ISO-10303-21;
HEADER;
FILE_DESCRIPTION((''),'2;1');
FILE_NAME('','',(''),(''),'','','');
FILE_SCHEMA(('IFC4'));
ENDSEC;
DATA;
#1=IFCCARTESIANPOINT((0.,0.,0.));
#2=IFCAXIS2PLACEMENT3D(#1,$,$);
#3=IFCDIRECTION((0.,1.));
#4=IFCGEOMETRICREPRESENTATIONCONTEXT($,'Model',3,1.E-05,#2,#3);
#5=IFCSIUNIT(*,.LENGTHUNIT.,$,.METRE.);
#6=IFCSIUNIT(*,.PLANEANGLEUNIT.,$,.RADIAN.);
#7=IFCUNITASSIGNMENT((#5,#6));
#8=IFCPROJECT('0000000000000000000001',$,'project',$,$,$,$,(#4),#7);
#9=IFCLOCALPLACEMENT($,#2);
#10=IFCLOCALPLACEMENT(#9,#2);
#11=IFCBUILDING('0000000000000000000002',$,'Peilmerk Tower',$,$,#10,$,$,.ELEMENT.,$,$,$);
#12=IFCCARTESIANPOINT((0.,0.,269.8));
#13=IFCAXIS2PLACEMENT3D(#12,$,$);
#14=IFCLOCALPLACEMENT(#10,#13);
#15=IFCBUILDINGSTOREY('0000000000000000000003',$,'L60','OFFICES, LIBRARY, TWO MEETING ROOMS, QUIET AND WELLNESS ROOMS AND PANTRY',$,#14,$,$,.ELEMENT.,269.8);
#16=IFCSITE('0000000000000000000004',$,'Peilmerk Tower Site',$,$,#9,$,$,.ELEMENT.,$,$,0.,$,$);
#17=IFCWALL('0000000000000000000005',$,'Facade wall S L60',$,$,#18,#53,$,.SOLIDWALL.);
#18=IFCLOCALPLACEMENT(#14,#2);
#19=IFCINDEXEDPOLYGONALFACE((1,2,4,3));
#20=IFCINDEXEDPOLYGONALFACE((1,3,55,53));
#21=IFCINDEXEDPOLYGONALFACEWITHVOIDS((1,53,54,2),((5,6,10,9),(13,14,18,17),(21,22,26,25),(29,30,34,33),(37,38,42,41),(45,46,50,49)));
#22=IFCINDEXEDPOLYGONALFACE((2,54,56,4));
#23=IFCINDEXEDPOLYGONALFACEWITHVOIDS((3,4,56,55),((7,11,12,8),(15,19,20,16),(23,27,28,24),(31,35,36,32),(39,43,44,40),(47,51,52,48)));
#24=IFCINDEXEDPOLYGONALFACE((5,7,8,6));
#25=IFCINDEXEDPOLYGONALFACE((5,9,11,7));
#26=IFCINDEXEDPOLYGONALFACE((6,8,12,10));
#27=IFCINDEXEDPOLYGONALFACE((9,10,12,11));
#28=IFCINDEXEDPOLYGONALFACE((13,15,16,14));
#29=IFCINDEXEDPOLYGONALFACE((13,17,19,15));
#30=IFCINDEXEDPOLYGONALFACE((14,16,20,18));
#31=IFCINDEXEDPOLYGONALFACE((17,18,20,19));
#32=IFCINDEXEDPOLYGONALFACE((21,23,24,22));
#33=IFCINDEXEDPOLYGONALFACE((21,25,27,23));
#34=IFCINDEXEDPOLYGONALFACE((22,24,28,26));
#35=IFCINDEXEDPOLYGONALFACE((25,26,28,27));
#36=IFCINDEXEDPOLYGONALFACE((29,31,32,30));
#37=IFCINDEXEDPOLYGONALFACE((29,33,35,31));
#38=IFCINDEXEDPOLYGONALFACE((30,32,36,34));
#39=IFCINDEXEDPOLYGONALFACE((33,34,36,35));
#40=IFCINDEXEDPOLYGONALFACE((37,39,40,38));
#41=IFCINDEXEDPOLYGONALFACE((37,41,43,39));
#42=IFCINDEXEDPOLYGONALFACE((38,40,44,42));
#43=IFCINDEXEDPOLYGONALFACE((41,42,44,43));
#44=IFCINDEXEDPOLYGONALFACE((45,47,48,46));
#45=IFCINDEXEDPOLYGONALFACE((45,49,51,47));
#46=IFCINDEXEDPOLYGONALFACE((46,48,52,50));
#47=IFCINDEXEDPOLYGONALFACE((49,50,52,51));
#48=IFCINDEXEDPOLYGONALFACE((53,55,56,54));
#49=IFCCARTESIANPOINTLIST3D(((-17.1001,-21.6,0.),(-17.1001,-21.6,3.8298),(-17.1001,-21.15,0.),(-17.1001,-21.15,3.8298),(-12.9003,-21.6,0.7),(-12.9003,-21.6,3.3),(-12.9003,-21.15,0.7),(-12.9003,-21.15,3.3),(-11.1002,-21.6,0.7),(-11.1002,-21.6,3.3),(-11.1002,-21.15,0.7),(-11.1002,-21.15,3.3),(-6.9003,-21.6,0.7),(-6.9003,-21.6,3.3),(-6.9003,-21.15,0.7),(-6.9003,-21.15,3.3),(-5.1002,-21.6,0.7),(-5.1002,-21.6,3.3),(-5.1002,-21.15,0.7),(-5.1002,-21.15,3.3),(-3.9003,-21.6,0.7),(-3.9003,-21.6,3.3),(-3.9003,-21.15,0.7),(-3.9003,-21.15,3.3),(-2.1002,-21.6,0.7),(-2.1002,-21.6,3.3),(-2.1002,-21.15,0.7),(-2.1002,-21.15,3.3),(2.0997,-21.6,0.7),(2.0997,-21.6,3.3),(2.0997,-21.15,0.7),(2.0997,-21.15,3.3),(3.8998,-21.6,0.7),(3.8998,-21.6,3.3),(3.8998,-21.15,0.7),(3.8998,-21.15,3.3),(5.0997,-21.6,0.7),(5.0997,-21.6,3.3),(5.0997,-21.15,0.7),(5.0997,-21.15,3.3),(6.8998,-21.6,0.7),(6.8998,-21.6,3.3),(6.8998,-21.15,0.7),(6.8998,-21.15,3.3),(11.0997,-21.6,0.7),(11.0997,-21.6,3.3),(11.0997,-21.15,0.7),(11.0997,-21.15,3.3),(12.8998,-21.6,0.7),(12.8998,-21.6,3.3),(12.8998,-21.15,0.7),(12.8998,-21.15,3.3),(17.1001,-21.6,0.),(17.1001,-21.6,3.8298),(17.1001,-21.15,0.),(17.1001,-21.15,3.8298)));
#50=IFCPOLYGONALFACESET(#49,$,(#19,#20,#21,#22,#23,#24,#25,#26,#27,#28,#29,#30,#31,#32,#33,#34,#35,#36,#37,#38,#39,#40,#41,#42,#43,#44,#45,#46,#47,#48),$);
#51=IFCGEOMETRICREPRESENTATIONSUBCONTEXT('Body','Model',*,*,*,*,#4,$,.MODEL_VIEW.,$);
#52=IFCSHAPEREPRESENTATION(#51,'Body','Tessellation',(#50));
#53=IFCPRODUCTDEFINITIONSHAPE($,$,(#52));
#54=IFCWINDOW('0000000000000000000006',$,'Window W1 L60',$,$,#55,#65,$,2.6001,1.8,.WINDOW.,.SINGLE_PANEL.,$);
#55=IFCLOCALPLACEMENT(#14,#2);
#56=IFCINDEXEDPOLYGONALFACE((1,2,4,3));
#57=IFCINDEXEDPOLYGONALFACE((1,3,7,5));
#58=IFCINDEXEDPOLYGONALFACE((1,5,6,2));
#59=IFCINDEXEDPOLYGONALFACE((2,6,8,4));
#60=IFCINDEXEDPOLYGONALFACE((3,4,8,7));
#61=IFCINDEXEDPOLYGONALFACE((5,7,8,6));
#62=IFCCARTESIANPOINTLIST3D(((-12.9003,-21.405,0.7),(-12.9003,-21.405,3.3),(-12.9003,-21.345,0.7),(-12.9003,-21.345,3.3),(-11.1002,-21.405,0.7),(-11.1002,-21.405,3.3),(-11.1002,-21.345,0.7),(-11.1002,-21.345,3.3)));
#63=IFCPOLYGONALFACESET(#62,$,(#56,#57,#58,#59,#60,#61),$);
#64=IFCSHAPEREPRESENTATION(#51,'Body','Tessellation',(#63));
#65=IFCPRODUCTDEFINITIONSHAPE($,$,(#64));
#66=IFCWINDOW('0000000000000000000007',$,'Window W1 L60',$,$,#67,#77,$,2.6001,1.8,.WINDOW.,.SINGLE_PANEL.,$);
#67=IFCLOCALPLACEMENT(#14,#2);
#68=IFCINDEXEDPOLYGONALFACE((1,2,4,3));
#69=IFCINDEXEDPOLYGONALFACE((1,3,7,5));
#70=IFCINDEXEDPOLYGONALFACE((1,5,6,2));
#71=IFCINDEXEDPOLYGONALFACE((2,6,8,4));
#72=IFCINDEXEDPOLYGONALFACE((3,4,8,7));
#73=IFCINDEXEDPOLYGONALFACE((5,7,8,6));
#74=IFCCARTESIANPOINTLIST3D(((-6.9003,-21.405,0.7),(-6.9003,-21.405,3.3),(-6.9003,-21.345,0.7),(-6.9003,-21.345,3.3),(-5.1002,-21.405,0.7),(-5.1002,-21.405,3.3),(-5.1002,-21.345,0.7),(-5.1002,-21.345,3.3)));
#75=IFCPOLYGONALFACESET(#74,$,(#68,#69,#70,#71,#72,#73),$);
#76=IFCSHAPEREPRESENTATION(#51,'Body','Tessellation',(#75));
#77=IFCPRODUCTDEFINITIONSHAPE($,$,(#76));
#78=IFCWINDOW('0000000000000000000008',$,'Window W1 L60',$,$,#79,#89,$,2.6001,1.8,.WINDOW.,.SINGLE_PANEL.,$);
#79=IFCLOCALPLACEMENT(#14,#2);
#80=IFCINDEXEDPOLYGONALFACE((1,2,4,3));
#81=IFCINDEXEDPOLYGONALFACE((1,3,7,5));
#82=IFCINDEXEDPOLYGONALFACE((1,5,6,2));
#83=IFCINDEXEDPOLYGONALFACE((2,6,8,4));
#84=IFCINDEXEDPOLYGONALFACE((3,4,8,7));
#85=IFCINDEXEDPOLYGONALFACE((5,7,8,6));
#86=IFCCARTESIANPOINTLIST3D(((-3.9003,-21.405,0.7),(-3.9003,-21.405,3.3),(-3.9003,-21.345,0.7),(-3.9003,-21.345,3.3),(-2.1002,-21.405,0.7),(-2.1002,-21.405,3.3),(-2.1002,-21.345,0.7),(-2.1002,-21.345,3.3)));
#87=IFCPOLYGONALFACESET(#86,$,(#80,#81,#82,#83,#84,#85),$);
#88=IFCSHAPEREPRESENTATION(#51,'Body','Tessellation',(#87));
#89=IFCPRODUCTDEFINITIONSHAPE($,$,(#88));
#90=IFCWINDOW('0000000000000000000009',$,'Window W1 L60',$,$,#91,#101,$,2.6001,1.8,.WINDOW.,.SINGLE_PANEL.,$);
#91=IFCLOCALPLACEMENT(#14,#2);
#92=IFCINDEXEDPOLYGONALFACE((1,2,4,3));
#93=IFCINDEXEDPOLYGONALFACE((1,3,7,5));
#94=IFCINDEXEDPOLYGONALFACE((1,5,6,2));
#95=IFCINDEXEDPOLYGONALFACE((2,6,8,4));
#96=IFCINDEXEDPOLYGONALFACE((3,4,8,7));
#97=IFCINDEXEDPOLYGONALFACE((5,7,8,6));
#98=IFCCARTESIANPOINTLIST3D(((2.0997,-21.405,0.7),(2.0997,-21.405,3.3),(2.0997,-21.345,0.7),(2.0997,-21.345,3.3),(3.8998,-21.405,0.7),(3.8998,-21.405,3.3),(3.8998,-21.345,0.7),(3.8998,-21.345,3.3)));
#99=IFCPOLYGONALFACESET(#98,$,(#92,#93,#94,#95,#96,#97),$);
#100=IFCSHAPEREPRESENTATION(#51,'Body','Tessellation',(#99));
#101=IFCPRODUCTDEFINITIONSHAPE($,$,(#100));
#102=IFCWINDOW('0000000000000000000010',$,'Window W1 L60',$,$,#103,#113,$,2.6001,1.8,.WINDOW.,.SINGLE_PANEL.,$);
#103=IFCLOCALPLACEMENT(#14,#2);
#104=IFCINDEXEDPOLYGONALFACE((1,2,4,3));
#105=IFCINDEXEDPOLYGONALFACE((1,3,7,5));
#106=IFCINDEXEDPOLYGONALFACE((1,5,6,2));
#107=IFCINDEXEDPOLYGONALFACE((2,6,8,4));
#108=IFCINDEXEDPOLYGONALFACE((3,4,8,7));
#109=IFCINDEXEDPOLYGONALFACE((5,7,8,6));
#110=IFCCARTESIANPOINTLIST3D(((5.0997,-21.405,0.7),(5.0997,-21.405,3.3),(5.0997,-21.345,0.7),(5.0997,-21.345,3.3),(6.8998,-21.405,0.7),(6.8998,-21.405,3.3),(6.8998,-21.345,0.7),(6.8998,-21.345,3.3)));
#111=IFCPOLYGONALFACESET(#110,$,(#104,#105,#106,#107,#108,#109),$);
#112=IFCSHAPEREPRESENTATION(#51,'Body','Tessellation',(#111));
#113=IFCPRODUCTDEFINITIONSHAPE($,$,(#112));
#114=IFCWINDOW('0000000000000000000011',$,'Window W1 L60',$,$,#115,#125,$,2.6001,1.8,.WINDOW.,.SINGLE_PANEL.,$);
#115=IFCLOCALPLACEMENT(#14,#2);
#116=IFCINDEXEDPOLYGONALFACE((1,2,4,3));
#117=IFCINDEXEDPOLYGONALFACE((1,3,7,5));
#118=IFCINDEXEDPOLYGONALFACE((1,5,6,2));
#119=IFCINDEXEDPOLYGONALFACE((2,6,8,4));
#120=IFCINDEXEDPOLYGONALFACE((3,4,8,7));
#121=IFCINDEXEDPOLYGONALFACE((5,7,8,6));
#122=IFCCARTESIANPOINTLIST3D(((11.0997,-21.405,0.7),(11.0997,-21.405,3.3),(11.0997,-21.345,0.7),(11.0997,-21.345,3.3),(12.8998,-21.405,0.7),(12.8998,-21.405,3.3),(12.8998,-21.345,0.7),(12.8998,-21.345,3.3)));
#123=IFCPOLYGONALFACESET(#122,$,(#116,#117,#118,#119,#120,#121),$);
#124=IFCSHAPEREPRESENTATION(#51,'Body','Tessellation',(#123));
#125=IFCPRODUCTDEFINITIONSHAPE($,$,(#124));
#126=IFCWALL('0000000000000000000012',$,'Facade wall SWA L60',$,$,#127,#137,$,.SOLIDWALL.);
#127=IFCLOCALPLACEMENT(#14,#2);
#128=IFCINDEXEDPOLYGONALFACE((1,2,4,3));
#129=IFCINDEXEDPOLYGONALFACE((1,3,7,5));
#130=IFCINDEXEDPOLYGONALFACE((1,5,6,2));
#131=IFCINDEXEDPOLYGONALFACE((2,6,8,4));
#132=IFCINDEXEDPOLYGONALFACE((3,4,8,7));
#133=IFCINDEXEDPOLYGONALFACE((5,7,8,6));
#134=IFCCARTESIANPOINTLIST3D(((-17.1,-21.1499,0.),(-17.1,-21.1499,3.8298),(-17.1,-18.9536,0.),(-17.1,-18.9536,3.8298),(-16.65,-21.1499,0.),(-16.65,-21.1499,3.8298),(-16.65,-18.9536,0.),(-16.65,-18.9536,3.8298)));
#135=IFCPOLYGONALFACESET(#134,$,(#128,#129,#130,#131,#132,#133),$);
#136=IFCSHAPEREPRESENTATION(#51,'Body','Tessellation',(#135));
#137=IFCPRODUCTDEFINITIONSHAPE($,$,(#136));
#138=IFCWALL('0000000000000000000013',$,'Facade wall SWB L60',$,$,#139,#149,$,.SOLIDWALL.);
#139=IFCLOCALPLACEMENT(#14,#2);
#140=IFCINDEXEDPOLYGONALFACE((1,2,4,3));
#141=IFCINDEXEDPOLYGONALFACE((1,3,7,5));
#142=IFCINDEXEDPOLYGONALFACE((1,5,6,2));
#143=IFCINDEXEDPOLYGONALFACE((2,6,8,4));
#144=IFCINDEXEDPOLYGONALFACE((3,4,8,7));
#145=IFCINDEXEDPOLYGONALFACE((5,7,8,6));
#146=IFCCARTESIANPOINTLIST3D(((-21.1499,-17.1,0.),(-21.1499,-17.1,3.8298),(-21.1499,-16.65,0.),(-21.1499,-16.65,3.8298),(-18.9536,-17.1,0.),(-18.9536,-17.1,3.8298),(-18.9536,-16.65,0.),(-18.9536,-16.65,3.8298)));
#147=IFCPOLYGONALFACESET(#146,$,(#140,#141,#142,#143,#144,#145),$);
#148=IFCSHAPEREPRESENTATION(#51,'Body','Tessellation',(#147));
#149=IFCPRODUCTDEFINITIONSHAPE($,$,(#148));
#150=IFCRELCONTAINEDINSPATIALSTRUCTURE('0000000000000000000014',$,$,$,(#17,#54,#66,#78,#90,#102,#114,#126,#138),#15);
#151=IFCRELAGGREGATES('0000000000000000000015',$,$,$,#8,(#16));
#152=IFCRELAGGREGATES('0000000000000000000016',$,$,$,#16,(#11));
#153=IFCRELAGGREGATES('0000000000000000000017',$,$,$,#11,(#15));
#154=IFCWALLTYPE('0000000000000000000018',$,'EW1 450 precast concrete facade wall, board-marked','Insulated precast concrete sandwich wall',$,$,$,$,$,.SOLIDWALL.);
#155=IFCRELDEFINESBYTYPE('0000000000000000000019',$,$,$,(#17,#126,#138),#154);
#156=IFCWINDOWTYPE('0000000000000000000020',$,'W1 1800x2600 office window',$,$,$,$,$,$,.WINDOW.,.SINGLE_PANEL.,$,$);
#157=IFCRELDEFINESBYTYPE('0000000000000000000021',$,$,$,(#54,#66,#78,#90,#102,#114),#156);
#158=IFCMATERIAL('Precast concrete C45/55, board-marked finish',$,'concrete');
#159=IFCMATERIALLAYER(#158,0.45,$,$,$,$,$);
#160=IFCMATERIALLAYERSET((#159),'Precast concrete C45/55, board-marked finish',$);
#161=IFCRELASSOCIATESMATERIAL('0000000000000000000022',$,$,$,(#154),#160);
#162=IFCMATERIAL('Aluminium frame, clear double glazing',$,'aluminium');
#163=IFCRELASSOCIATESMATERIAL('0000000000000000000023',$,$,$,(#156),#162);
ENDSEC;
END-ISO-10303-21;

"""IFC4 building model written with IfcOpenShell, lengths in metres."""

from ifc_helpers import new_model, si_unit, direction, frame, frame_2d, origin, place, context, subcontext, project, spatial, rectangle, extrude, material, layer, layer_set, type_object, element, fill, save


model = new_model("IFC4")

# Units and contexts
model_context = context("Model", 3, precision=1e-05, world=origin(), true_north=direction((0.0, 1.0)))
body_context = subcontext(model_context, "Body", "Model", "MODEL_VIEW")
ifc_project = project(units=[si_unit("LENGTHUNIT", "METRE"), si_unit("PLANEANGLEUNIT", "RADIAN")], contexts=[model_context])

# Site, building, storey
site_placement = place(None, origin())
site = spatial("IfcSite", under=ifc_project, at=site_placement, Name="Peilmerk Tower Site", CompositionType="ELEMENT", RefElevation=0.0)
building_placement = place(site_placement, origin())
building = spatial("IfcBuilding", under=site, at=building_placement, Name="Peilmerk Tower", CompositionType="ELEMENT")
storey_placement = place(building_placement, frame((0.0, 0.0, 269.8)))
storey = spatial("IfcBuildingStorey", under=building, at=storey_placement, Name="L60", Description="OFFICES, LIBRARY, TWO MEETING ROOMS, QUIET AND WELLNESS ROOMS AND PANTRY", CompositionType="ELEMENT", Elevation=269.8)

# Wall, openings, windows
ifc_material_1 = material(Name="Precast concrete C45/55, board-marked finish", Category="concrete")
ifc_layer_1 = layer(ifc_material_1, 0.45)
ifc_layer_set_1 = layer_set([ifc_layer_1], Name="Precast concrete C45/55, board-marked finish")
wall_type = type_object("IfcWallType", Name="EW1 450 precast concrete facade wall, board-marked", Description="Insulated precast concrete sandwich wall", PredefinedType="SOLIDWALL", material=ifc_layer_set_1)
wall_placement = place(storey_placement, frame((-17.1001, -21.375, 0.0), z_axis=(0.0, 0.0, 1.0), x_axis=(1.0, 0.0, 0.0)))
wall = element("IfcWall", 1, at=wall_placement, inside=storey, type_object=wall_type, Name="Facade wall S L60", PredefinedType="SOLIDWALL", context=body_context, shape_type="SweptSolid", body=[
    extrude(rectangle(XDim=34.2002, YDim=0.45, at=frame_2d((17.1001, 0.0))), origin(), (0.0, 0.0, 1.0), 3.8298),
])
opening_1_placement = place(wall_placement, frame((4.2, 0.0, 0.7)))
opening_1 = element("IfcOpeningElement", 2, at=opening_1_placement, cuts=wall, PredefinedType="OPENING", context=body_context, shape_type="SweptSolid", body=[
    extrude(rectangle(XDim=1.8, YDim=2.6001, at=frame_2d((0.8999, 1.3))), frame((0.0, 0.2349, 0.0), z_axis=(0.0, -1.0, 0.0), x_axis=(1.0, 0.0, 0.0)), (0.0, 0.0, 1.0), 0.47),
])
opening_2_placement = place(wall_placement, frame((10.2, 0.0, 0.7)))
opening_2 = element("IfcOpeningElement", 3, at=opening_2_placement, cuts=wall, PredefinedType="OPENING", context=body_context, shape_type="SweptSolid", body=[
    extrude(rectangle(XDim=1.8, YDim=2.6001, at=frame_2d((0.8999, 1.3))), frame((0.0, 0.2349, 0.0), z_axis=(0.0, -1.0, 0.0), x_axis=(1.0, 0.0, 0.0)), (0.0, 0.0, 1.0), 0.47),
])
opening_3_placement = place(wall_placement, frame((13.2, 0.0, 0.7)))
opening_3 = element("IfcOpeningElement", 4, at=opening_3_placement, cuts=wall, PredefinedType="OPENING", context=body_context, shape_type="SweptSolid", body=[
    extrude(rectangle(XDim=1.8, YDim=2.6001, at=frame_2d((0.8999, 1.3))), frame((0.0, 0.2349, 0.0), z_axis=(0.0, -1.0, 0.0), x_axis=(1.0, 0.0, 0.0)), (0.0, 0.0, 1.0), 0.47),
])
opening_4_placement = place(wall_placement, frame((19.2, 0.0, 0.7)))
opening_4 = element("IfcOpeningElement", 5, at=opening_4_placement, cuts=wall, PredefinedType="OPENING", context=body_context, shape_type="SweptSolid", body=[
    extrude(rectangle(XDim=1.8, YDim=2.6001, at=frame_2d((0.8999, 1.3))), frame((0.0, 0.2349, 0.0), z_axis=(0.0, -1.0, 0.0), x_axis=(1.0, 0.0, 0.0)), (0.0, 0.0, 1.0), 0.47),
])
opening_5_placement = place(wall_placement, frame((22.2, 0.0, 0.7)))
opening_5 = element("IfcOpeningElement", 6, at=opening_5_placement, cuts=wall, PredefinedType="OPENING", context=body_context, shape_type="SweptSolid", body=[
    extrude(rectangle(XDim=1.8, YDim=2.6001, at=frame_2d((0.8999, 1.3))), frame((0.0, 0.2349, 0.0), z_axis=(0.0, -1.0, 0.0), x_axis=(1.0, 0.0, 0.0)), (0.0, 0.0, 1.0), 0.47),
])
opening_6_placement = place(wall_placement, frame((28.2, 0.0, 0.7)))
opening_6 = element("IfcOpeningElement", 7, at=opening_6_placement, cuts=wall, PredefinedType="OPENING", context=body_context, shape_type="SweptSolid", body=[
    extrude(rectangle(XDim=1.8, YDim=2.6001, at=frame_2d((0.8999, 1.3))), frame((0.0, 0.2349, 0.0), z_axis=(0.0, -1.0, 0.0), x_axis=(1.0, 0.0, 0.0)), (0.0, 0.0, 1.0), 0.47),
])
ifc_material_2 = material(Name="Aluminium frame, clear double glazing", Category="aluminium")
window_type = type_object("IfcWindowType", Name="W1 1800x2600 office window", PartitioningType="SINGLE_PANEL", PredefinedType="WINDOW", material=ifc_material_2)
window_1_placement = place(opening_1_placement, origin())
window_1 = element("IfcWindow", 8, at=window_1_placement, inside=storey, type_object=window_type, Name="Window W1 L60", OverallHeight=2.6001, OverallWidth=1.8, PartitioningType="SINGLE_PANEL", PredefinedType="WINDOW", context=body_context, shape_type="SweptSolid", body=[
    extrude(rectangle(XDim=1.8, YDim=2.6001, at=frame_2d((0.8999, 1.3))), frame((0.0, 0.03, 0.0), z_axis=(0.0, -1.0, 0.0), x_axis=(1.0, 0.0, 0.0)), (0.0, 0.0, 1.0), 0.0601),
])
fill(opening_1, window_1)
window_2_placement = place(opening_2_placement, origin())
window_2 = element("IfcWindow", 9, at=window_2_placement, inside=storey, type_object=window_type, Name="Window W1 L60", OverallHeight=2.6001, OverallWidth=1.8, PartitioningType="SINGLE_PANEL", PredefinedType="WINDOW", context=body_context, shape_type="SweptSolid", body=[
    extrude(rectangle(XDim=1.8, YDim=2.6001, at=frame_2d((0.8999, 1.3))), frame((0.0, 0.03, 0.0), z_axis=(0.0, -1.0, 0.0), x_axis=(1.0, 0.0, 0.0)), (0.0, 0.0, 1.0), 0.0601),
])
fill(opening_2, window_2)
window_3_placement = place(opening_3_placement, origin())
window_3 = element("IfcWindow", 10, at=window_3_placement, inside=storey, type_object=window_type, Name="Window W1 L60", OverallHeight=2.6001, OverallWidth=1.8, PartitioningType="SINGLE_PANEL", PredefinedType="WINDOW", context=body_context, shape_type="SweptSolid", body=[
    extrude(rectangle(XDim=1.8, YDim=2.6001, at=frame_2d((0.8999, 1.3))), frame((0.0, 0.03, 0.0), z_axis=(0.0, -1.0, 0.0), x_axis=(1.0, 0.0, 0.0)), (0.0, 0.0, 1.0), 0.0601),
])
fill(opening_3, window_3)
window_4_placement = place(opening_4_placement, origin())
window_4 = element("IfcWindow", 11, at=window_4_placement, inside=storey, type_object=window_type, Name="Window W1 L60", OverallHeight=2.6001, OverallWidth=1.8, PartitioningType="SINGLE_PANEL", PredefinedType="WINDOW", context=body_context, shape_type="SweptSolid", body=[
    extrude(rectangle(XDim=1.8, YDim=2.6001, at=frame_2d((0.8999, 1.3))), frame((0.0, 0.03, 0.0), z_axis=(0.0, -1.0, 0.0), x_axis=(1.0, 0.0, 0.0)), (0.0, 0.0, 1.0), 0.0601),
])
fill(opening_4, window_4)
window_5_placement = place(opening_5_placement, origin())
window_5 = element("IfcWindow", 12, at=window_5_placement, inside=storey, type_object=window_type, Name="Window W1 L60", OverallHeight=2.6001, OverallWidth=1.8, PartitioningType="SINGLE_PANEL", PredefinedType="WINDOW", context=body_context, shape_type="SweptSolid", body=[
    extrude(rectangle(XDim=1.8, YDim=2.6001, at=frame_2d((0.8999, 1.3))), frame((0.0, 0.03, 0.0), z_axis=(0.0, -1.0, 0.0), x_axis=(1.0, 0.0, 0.0)), (0.0, 0.0, 1.0), 0.0601),
])
fill(opening_5, window_5)
window_6_placement = place(opening_6_placement, origin())
window_6 = element("IfcWindow", 13, at=window_6_placement, inside=storey, type_object=window_type, Name="Window W1 L60", OverallHeight=2.6001, OverallWidth=1.8, PartitioningType="SINGLE_PANEL", PredefinedType="WINDOW", context=body_context, shape_type="SweptSolid", body=[
    extrude(rectangle(XDim=1.8, YDim=2.6001, at=frame_2d((0.8999, 1.3))), frame((0.0, 0.03, 0.0), z_axis=(0.0, -1.0, 0.0), x_axis=(1.0, 0.0, 0.0)), (0.0, 0.0, 1.0), 0.0601),
])
fill(opening_6, window_6)

# Walls
for number, where, z_axis, x_axis, name in (
    (14, (-16.875, -18.9536, 0.0), (0.0, 0.0, 1.0), (0.0, -1.0, 0.0), "Facade wall SWA L60"),
    (15, (-18.9536, -16.875, 0.0), (0.0, 0.0, 1.0), (-1.0, 0.0, 0.0), "Facade wall SWB L60"),
):
    element("IfcWall", number, at=place(storey_placement, frame(where, z_axis=z_axis, x_axis=x_axis)), inside=storey, type_object=wall_type, Name=name, PredefinedType="SOLIDWALL", context=body_context, shape_type="SweptSolid", body=[
        extrude(rectangle(XDim=2.1963, YDim=0.45, at=frame_2d((1.0981, 0.0))), origin(), (0.0, 0.0, 1.0), 3.8298),
    ])

save(model, "model.ifc")
